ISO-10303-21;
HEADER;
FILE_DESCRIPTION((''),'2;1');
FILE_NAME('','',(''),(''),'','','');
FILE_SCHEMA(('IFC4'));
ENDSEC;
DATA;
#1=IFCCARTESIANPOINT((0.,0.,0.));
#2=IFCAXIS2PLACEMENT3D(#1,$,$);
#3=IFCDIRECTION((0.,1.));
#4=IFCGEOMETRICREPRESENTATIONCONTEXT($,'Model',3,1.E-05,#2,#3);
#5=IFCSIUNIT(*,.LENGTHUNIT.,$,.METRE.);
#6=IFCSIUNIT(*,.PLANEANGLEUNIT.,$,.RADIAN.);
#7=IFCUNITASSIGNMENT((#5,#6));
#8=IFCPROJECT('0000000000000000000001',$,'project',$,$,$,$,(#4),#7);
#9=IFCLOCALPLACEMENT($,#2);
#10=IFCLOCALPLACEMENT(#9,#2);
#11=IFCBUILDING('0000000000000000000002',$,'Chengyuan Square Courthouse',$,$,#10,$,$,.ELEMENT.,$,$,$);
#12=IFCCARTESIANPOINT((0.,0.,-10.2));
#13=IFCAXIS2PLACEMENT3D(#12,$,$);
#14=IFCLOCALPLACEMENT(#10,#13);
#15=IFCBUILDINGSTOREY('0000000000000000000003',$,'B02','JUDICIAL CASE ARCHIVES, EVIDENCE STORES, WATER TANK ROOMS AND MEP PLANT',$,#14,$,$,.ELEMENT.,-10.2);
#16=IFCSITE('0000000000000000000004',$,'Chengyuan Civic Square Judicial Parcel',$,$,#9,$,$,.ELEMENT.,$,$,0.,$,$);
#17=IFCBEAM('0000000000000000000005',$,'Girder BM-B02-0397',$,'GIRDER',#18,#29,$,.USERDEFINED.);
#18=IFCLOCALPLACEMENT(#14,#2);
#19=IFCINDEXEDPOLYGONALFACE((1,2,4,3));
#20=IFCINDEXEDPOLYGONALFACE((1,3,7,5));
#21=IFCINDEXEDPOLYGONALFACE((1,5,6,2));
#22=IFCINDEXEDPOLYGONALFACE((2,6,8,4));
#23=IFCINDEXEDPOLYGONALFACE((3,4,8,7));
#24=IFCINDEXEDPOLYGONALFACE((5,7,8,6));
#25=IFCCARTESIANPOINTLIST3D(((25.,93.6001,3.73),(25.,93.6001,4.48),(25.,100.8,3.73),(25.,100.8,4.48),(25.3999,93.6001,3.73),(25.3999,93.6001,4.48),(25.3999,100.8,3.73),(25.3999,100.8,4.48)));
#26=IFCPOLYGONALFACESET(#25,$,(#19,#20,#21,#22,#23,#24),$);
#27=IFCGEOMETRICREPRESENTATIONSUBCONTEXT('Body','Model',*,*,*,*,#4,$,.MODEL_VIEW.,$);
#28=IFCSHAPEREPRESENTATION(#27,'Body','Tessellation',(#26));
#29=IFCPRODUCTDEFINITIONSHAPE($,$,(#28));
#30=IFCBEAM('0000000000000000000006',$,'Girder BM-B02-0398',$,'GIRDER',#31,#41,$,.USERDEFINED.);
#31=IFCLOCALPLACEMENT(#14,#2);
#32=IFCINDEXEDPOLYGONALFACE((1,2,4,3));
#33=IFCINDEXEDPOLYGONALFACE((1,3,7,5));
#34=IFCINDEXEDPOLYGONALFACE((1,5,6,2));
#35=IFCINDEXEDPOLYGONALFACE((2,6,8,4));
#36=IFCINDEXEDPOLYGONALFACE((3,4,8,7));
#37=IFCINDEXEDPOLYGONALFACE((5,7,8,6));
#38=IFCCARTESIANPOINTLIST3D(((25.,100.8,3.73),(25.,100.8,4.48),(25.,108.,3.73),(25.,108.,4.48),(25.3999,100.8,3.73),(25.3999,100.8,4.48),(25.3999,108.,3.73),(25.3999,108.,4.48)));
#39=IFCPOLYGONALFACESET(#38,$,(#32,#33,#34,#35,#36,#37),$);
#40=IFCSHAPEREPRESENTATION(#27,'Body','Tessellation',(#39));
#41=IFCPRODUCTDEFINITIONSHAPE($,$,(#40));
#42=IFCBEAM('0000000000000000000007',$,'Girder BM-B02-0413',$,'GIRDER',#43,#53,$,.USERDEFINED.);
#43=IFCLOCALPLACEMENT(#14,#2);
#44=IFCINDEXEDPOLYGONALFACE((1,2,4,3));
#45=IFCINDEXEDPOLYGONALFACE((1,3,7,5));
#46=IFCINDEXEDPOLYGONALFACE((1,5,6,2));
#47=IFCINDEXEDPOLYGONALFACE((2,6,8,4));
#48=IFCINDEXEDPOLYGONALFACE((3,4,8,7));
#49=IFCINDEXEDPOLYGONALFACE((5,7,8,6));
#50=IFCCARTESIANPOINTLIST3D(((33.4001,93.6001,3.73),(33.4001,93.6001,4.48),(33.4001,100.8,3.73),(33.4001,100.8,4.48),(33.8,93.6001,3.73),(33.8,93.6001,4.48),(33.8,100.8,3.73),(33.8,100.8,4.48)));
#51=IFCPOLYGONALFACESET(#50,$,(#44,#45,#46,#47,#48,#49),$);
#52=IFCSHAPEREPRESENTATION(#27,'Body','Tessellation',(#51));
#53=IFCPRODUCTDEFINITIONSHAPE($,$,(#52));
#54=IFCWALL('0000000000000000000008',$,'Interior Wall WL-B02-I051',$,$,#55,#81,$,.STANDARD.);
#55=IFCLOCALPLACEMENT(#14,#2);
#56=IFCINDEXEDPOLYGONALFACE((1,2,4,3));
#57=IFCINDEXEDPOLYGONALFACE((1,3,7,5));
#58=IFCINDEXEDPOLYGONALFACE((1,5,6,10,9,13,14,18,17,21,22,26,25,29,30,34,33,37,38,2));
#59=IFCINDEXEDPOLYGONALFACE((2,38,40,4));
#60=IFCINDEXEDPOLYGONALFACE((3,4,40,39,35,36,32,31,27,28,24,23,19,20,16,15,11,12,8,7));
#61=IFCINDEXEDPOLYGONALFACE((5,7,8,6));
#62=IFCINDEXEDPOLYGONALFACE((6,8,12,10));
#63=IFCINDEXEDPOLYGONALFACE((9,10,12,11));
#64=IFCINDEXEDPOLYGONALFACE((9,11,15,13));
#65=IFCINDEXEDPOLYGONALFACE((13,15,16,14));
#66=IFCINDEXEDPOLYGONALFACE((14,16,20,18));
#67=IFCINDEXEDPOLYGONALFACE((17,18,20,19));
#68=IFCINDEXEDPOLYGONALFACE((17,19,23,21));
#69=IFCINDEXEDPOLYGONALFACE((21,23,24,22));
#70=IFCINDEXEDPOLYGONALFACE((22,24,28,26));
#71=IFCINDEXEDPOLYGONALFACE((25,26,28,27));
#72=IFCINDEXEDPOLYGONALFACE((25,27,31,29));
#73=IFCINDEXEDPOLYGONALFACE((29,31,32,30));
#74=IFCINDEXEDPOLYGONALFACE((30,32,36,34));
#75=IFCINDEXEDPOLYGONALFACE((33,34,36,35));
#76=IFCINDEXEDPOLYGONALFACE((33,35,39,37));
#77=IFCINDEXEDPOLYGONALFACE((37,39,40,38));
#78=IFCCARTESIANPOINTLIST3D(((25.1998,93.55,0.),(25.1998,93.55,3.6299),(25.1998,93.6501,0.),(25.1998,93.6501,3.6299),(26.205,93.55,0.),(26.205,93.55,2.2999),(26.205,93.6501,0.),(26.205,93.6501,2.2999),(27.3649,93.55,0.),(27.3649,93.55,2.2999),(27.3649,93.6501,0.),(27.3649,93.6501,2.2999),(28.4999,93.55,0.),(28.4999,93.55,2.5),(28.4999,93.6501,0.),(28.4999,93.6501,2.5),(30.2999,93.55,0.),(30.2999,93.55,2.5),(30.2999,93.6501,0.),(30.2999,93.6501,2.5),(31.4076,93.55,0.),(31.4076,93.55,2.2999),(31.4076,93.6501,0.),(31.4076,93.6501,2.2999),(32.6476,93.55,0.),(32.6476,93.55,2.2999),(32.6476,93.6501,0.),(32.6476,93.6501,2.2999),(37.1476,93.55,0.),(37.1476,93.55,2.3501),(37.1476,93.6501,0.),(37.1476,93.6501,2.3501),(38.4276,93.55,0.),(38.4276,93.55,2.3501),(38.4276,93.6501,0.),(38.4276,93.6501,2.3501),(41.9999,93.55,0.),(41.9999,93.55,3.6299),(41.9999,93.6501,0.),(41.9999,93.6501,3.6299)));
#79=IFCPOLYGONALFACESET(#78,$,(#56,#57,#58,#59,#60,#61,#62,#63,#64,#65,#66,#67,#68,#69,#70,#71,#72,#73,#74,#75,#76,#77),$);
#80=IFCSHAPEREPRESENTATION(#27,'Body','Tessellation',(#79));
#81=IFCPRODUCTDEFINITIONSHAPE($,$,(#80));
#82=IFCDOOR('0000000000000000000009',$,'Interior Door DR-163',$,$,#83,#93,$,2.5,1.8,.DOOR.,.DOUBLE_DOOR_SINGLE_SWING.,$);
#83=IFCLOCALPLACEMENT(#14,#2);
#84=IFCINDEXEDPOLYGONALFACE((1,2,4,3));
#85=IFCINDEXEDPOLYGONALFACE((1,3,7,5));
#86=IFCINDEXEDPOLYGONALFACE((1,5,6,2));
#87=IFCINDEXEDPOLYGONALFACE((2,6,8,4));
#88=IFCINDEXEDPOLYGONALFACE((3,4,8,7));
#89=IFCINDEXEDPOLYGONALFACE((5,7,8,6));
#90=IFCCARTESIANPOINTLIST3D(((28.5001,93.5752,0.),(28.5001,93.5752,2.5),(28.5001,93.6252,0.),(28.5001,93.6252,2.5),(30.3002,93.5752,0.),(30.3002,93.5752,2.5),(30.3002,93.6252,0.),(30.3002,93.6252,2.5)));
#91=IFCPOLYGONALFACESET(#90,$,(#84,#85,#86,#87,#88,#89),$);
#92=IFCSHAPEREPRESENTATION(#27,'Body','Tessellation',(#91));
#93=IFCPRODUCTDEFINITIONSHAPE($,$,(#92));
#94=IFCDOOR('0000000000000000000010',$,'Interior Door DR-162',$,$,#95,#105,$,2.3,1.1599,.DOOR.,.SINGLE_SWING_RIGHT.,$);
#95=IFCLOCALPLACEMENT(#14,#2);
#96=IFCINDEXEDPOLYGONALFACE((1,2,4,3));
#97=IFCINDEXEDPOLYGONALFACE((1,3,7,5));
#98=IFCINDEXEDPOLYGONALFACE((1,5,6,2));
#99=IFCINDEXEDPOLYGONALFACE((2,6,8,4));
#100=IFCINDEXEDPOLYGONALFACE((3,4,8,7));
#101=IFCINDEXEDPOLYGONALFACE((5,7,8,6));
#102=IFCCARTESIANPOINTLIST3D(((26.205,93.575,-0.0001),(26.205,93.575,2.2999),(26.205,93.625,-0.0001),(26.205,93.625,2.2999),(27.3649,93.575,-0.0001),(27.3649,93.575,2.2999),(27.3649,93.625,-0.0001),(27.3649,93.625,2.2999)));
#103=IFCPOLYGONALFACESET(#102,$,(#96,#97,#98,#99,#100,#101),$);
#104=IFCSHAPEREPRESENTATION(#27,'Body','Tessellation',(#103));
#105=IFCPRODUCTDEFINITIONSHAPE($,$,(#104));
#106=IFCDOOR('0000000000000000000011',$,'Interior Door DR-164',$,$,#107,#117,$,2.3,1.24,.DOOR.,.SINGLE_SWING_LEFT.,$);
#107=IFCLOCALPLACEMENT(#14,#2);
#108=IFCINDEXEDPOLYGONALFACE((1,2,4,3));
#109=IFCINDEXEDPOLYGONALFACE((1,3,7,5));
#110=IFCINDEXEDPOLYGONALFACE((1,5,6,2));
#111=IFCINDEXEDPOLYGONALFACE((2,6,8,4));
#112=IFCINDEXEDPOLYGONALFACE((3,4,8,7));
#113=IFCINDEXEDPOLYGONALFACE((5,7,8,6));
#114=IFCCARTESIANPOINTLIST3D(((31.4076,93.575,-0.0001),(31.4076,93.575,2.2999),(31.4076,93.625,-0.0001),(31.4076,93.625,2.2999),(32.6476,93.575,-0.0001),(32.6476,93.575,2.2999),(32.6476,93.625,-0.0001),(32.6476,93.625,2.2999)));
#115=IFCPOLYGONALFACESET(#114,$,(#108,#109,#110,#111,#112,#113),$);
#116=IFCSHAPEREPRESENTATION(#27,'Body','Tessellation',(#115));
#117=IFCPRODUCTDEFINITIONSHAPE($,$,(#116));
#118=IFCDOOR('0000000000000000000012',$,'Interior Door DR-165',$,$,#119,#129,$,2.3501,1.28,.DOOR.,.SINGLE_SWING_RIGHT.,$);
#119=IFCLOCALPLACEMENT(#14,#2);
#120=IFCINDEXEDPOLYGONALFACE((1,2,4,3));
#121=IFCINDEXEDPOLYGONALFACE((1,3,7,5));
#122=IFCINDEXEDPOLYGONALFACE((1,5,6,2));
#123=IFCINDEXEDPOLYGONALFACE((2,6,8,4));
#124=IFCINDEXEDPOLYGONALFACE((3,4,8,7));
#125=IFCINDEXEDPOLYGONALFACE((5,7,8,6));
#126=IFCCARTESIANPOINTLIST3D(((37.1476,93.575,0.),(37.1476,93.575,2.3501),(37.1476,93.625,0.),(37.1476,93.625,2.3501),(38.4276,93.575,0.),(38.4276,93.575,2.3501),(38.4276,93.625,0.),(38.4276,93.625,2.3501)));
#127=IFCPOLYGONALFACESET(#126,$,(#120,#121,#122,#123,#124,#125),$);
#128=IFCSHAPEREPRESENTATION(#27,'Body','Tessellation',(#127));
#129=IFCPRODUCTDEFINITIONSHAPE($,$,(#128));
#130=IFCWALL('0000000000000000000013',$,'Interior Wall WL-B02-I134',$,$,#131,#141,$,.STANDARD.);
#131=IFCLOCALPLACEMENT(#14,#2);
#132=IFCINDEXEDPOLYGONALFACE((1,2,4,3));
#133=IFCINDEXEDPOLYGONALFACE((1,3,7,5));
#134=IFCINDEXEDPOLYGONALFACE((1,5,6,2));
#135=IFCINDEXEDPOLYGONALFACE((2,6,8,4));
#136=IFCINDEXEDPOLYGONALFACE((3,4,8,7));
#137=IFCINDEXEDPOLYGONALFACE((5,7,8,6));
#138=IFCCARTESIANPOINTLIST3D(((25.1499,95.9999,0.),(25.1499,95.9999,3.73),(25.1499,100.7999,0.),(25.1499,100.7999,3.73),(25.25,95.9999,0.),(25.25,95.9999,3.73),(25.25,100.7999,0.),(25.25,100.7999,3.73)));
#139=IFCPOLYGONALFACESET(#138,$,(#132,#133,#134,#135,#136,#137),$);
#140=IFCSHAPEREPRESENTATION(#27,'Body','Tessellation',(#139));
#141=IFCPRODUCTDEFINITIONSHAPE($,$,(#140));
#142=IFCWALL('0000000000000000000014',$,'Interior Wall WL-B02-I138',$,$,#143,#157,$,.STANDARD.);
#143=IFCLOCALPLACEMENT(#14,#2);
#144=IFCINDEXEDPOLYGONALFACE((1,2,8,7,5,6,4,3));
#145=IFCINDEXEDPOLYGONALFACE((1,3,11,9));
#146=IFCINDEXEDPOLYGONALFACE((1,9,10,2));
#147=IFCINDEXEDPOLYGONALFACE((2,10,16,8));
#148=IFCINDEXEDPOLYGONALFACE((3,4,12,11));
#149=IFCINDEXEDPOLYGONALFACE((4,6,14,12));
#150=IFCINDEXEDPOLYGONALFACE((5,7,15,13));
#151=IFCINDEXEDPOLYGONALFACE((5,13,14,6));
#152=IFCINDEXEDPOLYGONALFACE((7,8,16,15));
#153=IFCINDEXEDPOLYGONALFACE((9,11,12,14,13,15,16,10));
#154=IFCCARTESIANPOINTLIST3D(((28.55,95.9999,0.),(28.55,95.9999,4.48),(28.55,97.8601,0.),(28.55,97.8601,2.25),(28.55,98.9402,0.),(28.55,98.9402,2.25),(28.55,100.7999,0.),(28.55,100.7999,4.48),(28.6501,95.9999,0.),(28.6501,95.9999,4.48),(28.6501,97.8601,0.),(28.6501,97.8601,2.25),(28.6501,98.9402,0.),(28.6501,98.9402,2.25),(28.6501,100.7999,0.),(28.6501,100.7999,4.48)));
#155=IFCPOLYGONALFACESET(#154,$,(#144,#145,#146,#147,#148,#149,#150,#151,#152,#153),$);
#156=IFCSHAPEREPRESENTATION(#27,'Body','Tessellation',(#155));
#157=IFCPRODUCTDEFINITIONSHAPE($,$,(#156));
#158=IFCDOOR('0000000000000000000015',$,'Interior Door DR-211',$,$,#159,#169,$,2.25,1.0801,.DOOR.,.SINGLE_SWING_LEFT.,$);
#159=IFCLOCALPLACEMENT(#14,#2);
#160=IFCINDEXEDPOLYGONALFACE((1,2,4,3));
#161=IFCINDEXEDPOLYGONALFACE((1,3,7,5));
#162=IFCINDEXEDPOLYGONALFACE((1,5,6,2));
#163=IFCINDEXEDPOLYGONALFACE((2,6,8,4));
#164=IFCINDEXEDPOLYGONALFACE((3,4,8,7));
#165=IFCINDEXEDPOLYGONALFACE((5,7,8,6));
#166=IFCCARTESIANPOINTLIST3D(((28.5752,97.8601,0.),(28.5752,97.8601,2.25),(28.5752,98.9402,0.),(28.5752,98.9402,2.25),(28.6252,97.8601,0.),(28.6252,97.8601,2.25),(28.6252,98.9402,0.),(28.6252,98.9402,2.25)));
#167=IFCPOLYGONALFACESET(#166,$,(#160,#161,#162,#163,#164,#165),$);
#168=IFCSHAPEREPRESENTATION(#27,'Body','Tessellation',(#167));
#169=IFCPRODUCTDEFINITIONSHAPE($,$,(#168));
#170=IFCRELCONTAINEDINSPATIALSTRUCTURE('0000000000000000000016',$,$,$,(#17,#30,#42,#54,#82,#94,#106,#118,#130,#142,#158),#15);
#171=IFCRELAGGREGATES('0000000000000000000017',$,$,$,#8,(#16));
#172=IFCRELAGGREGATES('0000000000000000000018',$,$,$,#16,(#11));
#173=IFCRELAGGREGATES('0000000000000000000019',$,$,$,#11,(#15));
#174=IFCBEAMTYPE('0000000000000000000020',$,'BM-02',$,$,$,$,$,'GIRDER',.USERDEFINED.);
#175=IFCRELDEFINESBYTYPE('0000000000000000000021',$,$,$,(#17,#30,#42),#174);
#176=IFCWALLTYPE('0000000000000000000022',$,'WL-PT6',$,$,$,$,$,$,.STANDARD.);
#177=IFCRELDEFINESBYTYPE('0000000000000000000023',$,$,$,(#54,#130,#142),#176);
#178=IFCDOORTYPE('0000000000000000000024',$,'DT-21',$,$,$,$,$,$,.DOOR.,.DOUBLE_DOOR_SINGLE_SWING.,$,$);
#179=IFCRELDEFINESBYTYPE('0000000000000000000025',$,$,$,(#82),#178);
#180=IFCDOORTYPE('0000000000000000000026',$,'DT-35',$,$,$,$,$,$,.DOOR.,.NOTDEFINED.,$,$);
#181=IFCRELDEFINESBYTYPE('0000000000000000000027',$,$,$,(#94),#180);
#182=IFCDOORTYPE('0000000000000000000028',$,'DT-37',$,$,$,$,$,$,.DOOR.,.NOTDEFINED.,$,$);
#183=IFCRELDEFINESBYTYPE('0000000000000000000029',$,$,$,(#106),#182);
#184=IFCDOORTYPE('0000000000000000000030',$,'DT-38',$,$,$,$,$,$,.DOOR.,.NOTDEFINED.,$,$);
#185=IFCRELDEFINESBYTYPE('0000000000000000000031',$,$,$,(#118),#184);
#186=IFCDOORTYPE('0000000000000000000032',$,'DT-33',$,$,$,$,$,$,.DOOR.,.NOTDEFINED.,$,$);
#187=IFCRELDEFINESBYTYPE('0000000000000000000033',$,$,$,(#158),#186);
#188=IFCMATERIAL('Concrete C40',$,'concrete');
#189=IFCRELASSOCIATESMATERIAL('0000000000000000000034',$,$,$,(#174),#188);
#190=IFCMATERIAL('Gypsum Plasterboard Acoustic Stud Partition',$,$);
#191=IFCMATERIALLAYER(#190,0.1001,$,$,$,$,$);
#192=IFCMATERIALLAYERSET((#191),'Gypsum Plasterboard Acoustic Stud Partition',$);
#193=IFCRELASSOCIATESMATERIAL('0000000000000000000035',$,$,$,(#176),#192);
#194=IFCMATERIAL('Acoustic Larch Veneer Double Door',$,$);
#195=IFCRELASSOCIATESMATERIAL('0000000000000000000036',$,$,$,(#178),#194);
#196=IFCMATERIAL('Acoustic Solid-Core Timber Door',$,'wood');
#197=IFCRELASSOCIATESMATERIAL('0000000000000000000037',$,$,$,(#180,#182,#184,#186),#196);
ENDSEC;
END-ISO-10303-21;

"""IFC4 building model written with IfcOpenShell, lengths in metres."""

from ifc_helpers import new_model, si_unit, direction, frame, frame_2d, origin, origin_2d, place, context, subcontext, project, spatial, rectangle, extrude, material, layer, layer_set, material_profile, profile_set, type_object, element, fill, save


model = new_model("IFC4")

# Units and contexts
model_context = context("Model", 3, precision=1e-05, world=origin(), true_north=direction((0.0, 1.0)))
body_context = subcontext(model_context, "Body", "Model", "MODEL_VIEW")
ifc_project = project(units=[si_unit("LENGTHUNIT", "METRE"), si_unit("PLANEANGLEUNIT", "RADIAN")], contexts=[model_context])

# Site, building, storey
site_placement = place(None, origin())
site = spatial("IfcSite", under=ifc_project, at=site_placement, Name="Chengyuan Civic Square Judicial Parcel", CompositionType="ELEMENT", RefElevation=0.0)
building_placement = place(site_placement, origin())
building = spatial("IfcBuilding", under=site, at=building_placement, Name="Chengyuan Square Courthouse", CompositionType="ELEMENT")
storey_placement = place(building_placement, frame((0.0, 0.0, -10.2)))
storey = spatial("IfcBuildingStorey", under=building, at=storey_placement, Name="B02", Description="JUDICIAL CASE ARCHIVES, EVIDENCE STORES, WATER TANK ROOMS AND MEP PLANT", CompositionType="ELEMENT", Elevation=-10.2)

# Shared definitions
ifc_material_1 = material(Name="Concrete C40", Category="concrete")

# Beams
ifc_material_profile_1 = material_profile(ifc_material_1, rectangle(XDim=0.3999, YDim=0.75, at=origin_2d()), Name="RC-BM-400x750")
ifc_profile_set_1 = profile_set([ifc_material_profile_1], Name="Concrete C40")
beam_type_1 = type_object("IfcBeamType", Name="BM-02", ElementType="GIRDER", PredefinedType="USERDEFINED", material=ifc_profile_set_1)
for number, where, z_axis, x_axis, name in (
    (1, (25.2, 93.6001, 4.105), (0.0, 1.0, 0.0), (-1.0, 0.0, 0.0), "Girder BM-B02-0397"),
    (2, (25.2, 100.8, 4.105), (0.0, 1.0, 0.0), (-1.0, 0.0, 0.0), "Girder BM-B02-0398"),
    (3, (33.6001, 93.6001, 4.105), (0.0, 1.0, 0.0), (-1.0, 0.0, 0.0), "Girder BM-B02-0413"),
):
    element("IfcBeam", number, at=place(storey_placement, frame(where, z_axis=z_axis, x_axis=x_axis)), inside=storey, type_object=beam_type_1, Name=name, ObjectType="GIRDER", PredefinedType="USERDEFINED", context=body_context, shape_type="SweptSolid", body=[
        extrude(rectangle(XDim=0.3999, YDim=0.75, at=origin_2d()), origin(), (0.0, 0.0, 1.0), 7.2),
    ])

# Wall, openings, doors
ifc_material_2 = material(Name="Gypsum Plasterboard Acoustic Stud Partition")
ifc_layer = layer(ifc_material_2, 0.1001)
ifc_layer_set = layer_set([ifc_layer], Name="Gypsum Plasterboard Acoustic Stud Partition")
wall_type = type_object("IfcWallType", Name="WL-PT6", PredefinedType="STANDARD", material=ifc_layer_set)
wall_1_placement = place(storey_placement, frame((25.2, 93.6001, 0.0), z_axis=(0.0, 0.0, 1.0), x_axis=(1.0, 0.0, 0.0)))
wall_1 = element("IfcWall", 4, at=wall_1_placement, inside=storey, type_object=wall_type, Name="Interior Wall WL-B02-I051", PredefinedType="STANDARD", context=body_context, shape_type="SweptSolid", body=[
    extrude(rectangle(XDim=16.8, YDim=0.1001, at=frame_2d((8.3999, 0.0))), origin(), (0.0, 0.0, 1.0), 3.6299),
])
opening_1_placement = place(wall_1_placement, frame((1.0049, 0.0, 0.0)))
opening_1 = element("IfcOpeningElement", 5, at=opening_1_placement, cuts=wall_1, PredefinedType="OPENING", context=body_context, shape_type="SweptSolid", body=[
    extrude(rectangle(XDim=1.1599, YDim=2.3, at=frame_2d((0.5801, 1.1499))), frame((0.0, 0.062, 0.0), z_axis=(0.0, -1.0, 0.0), x_axis=(1.0, 0.0, 0.0)), (0.0, 0.0, 1.0), 0.124),
])
opening_2_placement = place(wall_1_placement, frame((3.3, 0.0, 0.0)))
opening_2 = element("IfcOpeningElement", 6, at=opening_2_placement, cuts=wall_1, PredefinedType="OPENING", context=body_context, shape_type="SweptSolid", body=[
    extrude(rectangle(XDim=1.8, YDim=2.5, at=frame_2d((0.8999, 1.25))), frame((0.0, 0.062, 0.0), z_axis=(0.0, -1.0, 0.0), x_axis=(1.0, 0.0, 0.0)), (0.0, 0.0, 1.0), 0.124),
])
opening_3_placement = place(wall_1_placement, frame((6.2075, 0.0, 0.0)))
opening_3 = element("IfcOpeningElement", 7, at=opening_3_placement, cuts=wall_1, PredefinedType="OPENING", context=body_context, shape_type="SweptSolid", body=[
    extrude(rectangle(XDim=1.24, YDim=2.3, at=frame_2d((0.6201, 1.1499))), frame((0.0, 0.062, 0.0), z_axis=(0.0, -1.0, 0.0), x_axis=(1.0, 0.0, 0.0)), (0.0, 0.0, 1.0), 0.124),
])
opening_4_placement = place(wall_1_placement, frame((11.9475, 0.0, 0.0)))
opening_4 = element("IfcOpeningElement", 8, at=opening_4_placement, cuts=wall_1, PredefinedType="OPENING", context=body_context, shape_type="SweptSolid", body=[
    extrude(rectangle(XDim=1.28, YDim=2.3501, at=frame_2d((0.6401, 1.175))), frame((0.0, 0.062, 0.0), z_axis=(0.0, -1.0, 0.0), x_axis=(1.0, 0.0, 0.0)), (0.0, 0.0, 1.0), 0.124),
])
ifc_material_3 = material(Name="Acoustic Larch Veneer Double Door")
door_type_1 = type_object("IfcDoorType", Name="DT-21", OperationType="DOUBLE_DOOR_SINGLE_SWING", PredefinedType="DOOR", material=ifc_material_3)
door_1_placement = place(opening_2_placement, frame((1.8, 0.0, 0.0), z_axis=(0.0, 0.0, 1.0), x_axis=(-1.0, 0.0, 0.0)))
door_1 = element("IfcDoor", 9, at=door_1_placement, inside=storey, type_object=door_type_1, Name="Interior Door DR-163", OperationType="DOUBLE_DOOR_SINGLE_SWING", OverallHeight=2.5, OverallWidth=1.8, PredefinedType="DOOR", context=body_context, shape_type="SweptSolid", body=[
    extrude(rectangle(XDim=1.8, YDim=2.5, at=frame_2d((0.8999, 1.25))), frame((0.0, 0.0249, 0.0), z_axis=(0.0, -1.0, 0.0), x_axis=(1.0, 0.0, 0.0)), (0.0, 0.0, 1.0), 0.05),
])
fill(opening_2, door_1)
ifc_material_4 = material(Name="Acoustic Solid-Core Timber Door", Category="wood")
door_type_2 = type_object("IfcDoorType", Name="DT-35", OperationType="NOTDEFINED", PredefinedType="DOOR", material=ifc_material_4)
door_2_placement = place(opening_1_placement, origin())
door_2 = element("IfcDoor", 10, at=door_2_placement, inside=storey, type_object=door_type_2, Name="Interior Door DR-162", OperationType="SINGLE_SWING_RIGHT", OverallHeight=2.3, OverallWidth=1.1599, PredefinedType="DOOR", context=body_context, shape_type="SweptSolid", body=[
    extrude(rectangle(XDim=1.1599, YDim=2.3, at=frame_2d((0.5801, 1.1499))), frame((0.0, 0.0249, 0.0), z_axis=(0.0, -1.0, 0.0), x_axis=(1.0, 0.0, 0.0)), (0.0, 0.0, 1.0), 0.05),
])
fill(opening_1, door_2)
door_type_3 = type_object("IfcDoorType", Name="DT-37", OperationType="NOTDEFINED", PredefinedType="DOOR", material=ifc_material_4)
door_3_placement = place(opening_3_placement, origin())
door_3 = element("IfcDoor", 11, at=door_3_placement, inside=storey, type_object=door_type_3, Name="Interior Door DR-164", OperationType="SINGLE_SWING_LEFT", OverallHeight=2.3, OverallWidth=1.24, PredefinedType="DOOR", context=body_context, shape_type="SweptSolid", body=[
    extrude(rectangle(XDim=1.24, YDim=2.3, at=frame_2d((0.6201, 1.1499))), frame((0.0, 0.0249, 0.0), z_axis=(0.0, -1.0, 0.0), x_axis=(1.0, 0.0, 0.0)), (0.0, 0.0, 1.0), 0.05),
])
fill(opening_3, door_3)
door_type_4 = type_object("IfcDoorType", Name="DT-38", OperationType="NOTDEFINED", PredefinedType="DOOR", material=ifc_material_4)
door_4_placement = place(opening_4_placement, origin())
door_4 = element("IfcDoor", 12, at=door_4_placement, inside=storey, type_object=door_type_4, Name="Interior Door DR-165", OperationType="SINGLE_SWING_RIGHT", OverallHeight=2.3501, OverallWidth=1.28, PredefinedType="DOOR", context=body_context, shape_type="SweptSolid", body=[
    extrude(rectangle(XDim=1.28, YDim=2.3501, at=frame_2d((0.6401, 1.175))), frame((0.0, 0.0249, 0.0), z_axis=(0.0, -1.0, 0.0), x_axis=(1.0, 0.0, 0.0)), (0.0, 0.0, 1.0), 0.05),
])
fill(opening_4, door_4)

# Wall
wall_2_placement = place(storey_placement, frame((25.2, 96.0, 0.0), z_axis=(0.0, 0.0, 1.0), x_axis=(0.0, 1.0, 0.0)))
element("IfcWall", 13, at=wall_2_placement, inside=storey, type_object=wall_type, Name="Interior Wall WL-B02-I134", PredefinedType="STANDARD", context=body_context, shape_type="SweptSolid", body=[
    extrude(rectangle(XDim=4.8, YDim=0.1001, at=frame_2d((2.3999, 0.0))), origin(), (0.0, 0.0, 1.0), 3.73),
])

# Wall, opening, door
wall_3_placement = place(storey_placement, frame((28.6001, 96.0, 0.0), z_axis=(0.0, 0.0, 1.0), x_axis=(0.0, 1.0, 0.0)))
wall_3 = element("IfcWall", 14, at=wall_3_placement, inside=storey, type_object=wall_type, Name="Interior Wall WL-B02-I138", PredefinedType="STANDARD", context=body_context, shape_type="SweptSolid", body=[
    extrude(rectangle(XDim=4.8, YDim=0.1001, at=frame_2d((2.3999, 0.0))), origin(), (0.0, 0.0, 1.0), 4.48),
])
opening_5_placement = place(wall_3_placement, frame((1.8601, 0.0, 0.0)))
opening_5 = element("IfcOpeningElement", 15, at=opening_5_placement, cuts=wall_3, PredefinedType="OPENING", context=body_context, shape_type="SweptSolid", body=[
    extrude(rectangle(XDim=1.0801, YDim=2.25, at=frame_2d((0.54, 1.125))), frame((0.0, 0.062, 0.0), z_axis=(0.0, -1.0, 0.0), x_axis=(1.0, 0.0, 0.0)), (0.0, 0.0, 1.0), 0.124),
])
door_type_5 = type_object("IfcDoorType", Name="DT-33", OperationType="NOTDEFINED", PredefinedType="DOOR", material=ifc_material_4)
door_5_placement = place(opening_5_placement, origin())
door_5 = element("IfcDoor", 16, at=door_5_placement, inside=storey, type_object=door_type_5, Name="Interior Door DR-211", OperationType="SINGLE_SWING_LEFT", OverallHeight=2.25, OverallWidth=1.0801, PredefinedType="DOOR", context=body_context, shape_type="SweptSolid", body=[
    extrude(rectangle(XDim=1.0801, YDim=2.25, at=frame_2d((0.54, 1.125))), frame((0.0, 0.0249, 0.0), z_axis=(0.0, -1.0, 0.0), x_axis=(1.0, 0.0, 0.0)), (0.0, 0.0, 1.0), 0.05),
])
fill(opening_5, door_5)

save(model, "model.ifc")
